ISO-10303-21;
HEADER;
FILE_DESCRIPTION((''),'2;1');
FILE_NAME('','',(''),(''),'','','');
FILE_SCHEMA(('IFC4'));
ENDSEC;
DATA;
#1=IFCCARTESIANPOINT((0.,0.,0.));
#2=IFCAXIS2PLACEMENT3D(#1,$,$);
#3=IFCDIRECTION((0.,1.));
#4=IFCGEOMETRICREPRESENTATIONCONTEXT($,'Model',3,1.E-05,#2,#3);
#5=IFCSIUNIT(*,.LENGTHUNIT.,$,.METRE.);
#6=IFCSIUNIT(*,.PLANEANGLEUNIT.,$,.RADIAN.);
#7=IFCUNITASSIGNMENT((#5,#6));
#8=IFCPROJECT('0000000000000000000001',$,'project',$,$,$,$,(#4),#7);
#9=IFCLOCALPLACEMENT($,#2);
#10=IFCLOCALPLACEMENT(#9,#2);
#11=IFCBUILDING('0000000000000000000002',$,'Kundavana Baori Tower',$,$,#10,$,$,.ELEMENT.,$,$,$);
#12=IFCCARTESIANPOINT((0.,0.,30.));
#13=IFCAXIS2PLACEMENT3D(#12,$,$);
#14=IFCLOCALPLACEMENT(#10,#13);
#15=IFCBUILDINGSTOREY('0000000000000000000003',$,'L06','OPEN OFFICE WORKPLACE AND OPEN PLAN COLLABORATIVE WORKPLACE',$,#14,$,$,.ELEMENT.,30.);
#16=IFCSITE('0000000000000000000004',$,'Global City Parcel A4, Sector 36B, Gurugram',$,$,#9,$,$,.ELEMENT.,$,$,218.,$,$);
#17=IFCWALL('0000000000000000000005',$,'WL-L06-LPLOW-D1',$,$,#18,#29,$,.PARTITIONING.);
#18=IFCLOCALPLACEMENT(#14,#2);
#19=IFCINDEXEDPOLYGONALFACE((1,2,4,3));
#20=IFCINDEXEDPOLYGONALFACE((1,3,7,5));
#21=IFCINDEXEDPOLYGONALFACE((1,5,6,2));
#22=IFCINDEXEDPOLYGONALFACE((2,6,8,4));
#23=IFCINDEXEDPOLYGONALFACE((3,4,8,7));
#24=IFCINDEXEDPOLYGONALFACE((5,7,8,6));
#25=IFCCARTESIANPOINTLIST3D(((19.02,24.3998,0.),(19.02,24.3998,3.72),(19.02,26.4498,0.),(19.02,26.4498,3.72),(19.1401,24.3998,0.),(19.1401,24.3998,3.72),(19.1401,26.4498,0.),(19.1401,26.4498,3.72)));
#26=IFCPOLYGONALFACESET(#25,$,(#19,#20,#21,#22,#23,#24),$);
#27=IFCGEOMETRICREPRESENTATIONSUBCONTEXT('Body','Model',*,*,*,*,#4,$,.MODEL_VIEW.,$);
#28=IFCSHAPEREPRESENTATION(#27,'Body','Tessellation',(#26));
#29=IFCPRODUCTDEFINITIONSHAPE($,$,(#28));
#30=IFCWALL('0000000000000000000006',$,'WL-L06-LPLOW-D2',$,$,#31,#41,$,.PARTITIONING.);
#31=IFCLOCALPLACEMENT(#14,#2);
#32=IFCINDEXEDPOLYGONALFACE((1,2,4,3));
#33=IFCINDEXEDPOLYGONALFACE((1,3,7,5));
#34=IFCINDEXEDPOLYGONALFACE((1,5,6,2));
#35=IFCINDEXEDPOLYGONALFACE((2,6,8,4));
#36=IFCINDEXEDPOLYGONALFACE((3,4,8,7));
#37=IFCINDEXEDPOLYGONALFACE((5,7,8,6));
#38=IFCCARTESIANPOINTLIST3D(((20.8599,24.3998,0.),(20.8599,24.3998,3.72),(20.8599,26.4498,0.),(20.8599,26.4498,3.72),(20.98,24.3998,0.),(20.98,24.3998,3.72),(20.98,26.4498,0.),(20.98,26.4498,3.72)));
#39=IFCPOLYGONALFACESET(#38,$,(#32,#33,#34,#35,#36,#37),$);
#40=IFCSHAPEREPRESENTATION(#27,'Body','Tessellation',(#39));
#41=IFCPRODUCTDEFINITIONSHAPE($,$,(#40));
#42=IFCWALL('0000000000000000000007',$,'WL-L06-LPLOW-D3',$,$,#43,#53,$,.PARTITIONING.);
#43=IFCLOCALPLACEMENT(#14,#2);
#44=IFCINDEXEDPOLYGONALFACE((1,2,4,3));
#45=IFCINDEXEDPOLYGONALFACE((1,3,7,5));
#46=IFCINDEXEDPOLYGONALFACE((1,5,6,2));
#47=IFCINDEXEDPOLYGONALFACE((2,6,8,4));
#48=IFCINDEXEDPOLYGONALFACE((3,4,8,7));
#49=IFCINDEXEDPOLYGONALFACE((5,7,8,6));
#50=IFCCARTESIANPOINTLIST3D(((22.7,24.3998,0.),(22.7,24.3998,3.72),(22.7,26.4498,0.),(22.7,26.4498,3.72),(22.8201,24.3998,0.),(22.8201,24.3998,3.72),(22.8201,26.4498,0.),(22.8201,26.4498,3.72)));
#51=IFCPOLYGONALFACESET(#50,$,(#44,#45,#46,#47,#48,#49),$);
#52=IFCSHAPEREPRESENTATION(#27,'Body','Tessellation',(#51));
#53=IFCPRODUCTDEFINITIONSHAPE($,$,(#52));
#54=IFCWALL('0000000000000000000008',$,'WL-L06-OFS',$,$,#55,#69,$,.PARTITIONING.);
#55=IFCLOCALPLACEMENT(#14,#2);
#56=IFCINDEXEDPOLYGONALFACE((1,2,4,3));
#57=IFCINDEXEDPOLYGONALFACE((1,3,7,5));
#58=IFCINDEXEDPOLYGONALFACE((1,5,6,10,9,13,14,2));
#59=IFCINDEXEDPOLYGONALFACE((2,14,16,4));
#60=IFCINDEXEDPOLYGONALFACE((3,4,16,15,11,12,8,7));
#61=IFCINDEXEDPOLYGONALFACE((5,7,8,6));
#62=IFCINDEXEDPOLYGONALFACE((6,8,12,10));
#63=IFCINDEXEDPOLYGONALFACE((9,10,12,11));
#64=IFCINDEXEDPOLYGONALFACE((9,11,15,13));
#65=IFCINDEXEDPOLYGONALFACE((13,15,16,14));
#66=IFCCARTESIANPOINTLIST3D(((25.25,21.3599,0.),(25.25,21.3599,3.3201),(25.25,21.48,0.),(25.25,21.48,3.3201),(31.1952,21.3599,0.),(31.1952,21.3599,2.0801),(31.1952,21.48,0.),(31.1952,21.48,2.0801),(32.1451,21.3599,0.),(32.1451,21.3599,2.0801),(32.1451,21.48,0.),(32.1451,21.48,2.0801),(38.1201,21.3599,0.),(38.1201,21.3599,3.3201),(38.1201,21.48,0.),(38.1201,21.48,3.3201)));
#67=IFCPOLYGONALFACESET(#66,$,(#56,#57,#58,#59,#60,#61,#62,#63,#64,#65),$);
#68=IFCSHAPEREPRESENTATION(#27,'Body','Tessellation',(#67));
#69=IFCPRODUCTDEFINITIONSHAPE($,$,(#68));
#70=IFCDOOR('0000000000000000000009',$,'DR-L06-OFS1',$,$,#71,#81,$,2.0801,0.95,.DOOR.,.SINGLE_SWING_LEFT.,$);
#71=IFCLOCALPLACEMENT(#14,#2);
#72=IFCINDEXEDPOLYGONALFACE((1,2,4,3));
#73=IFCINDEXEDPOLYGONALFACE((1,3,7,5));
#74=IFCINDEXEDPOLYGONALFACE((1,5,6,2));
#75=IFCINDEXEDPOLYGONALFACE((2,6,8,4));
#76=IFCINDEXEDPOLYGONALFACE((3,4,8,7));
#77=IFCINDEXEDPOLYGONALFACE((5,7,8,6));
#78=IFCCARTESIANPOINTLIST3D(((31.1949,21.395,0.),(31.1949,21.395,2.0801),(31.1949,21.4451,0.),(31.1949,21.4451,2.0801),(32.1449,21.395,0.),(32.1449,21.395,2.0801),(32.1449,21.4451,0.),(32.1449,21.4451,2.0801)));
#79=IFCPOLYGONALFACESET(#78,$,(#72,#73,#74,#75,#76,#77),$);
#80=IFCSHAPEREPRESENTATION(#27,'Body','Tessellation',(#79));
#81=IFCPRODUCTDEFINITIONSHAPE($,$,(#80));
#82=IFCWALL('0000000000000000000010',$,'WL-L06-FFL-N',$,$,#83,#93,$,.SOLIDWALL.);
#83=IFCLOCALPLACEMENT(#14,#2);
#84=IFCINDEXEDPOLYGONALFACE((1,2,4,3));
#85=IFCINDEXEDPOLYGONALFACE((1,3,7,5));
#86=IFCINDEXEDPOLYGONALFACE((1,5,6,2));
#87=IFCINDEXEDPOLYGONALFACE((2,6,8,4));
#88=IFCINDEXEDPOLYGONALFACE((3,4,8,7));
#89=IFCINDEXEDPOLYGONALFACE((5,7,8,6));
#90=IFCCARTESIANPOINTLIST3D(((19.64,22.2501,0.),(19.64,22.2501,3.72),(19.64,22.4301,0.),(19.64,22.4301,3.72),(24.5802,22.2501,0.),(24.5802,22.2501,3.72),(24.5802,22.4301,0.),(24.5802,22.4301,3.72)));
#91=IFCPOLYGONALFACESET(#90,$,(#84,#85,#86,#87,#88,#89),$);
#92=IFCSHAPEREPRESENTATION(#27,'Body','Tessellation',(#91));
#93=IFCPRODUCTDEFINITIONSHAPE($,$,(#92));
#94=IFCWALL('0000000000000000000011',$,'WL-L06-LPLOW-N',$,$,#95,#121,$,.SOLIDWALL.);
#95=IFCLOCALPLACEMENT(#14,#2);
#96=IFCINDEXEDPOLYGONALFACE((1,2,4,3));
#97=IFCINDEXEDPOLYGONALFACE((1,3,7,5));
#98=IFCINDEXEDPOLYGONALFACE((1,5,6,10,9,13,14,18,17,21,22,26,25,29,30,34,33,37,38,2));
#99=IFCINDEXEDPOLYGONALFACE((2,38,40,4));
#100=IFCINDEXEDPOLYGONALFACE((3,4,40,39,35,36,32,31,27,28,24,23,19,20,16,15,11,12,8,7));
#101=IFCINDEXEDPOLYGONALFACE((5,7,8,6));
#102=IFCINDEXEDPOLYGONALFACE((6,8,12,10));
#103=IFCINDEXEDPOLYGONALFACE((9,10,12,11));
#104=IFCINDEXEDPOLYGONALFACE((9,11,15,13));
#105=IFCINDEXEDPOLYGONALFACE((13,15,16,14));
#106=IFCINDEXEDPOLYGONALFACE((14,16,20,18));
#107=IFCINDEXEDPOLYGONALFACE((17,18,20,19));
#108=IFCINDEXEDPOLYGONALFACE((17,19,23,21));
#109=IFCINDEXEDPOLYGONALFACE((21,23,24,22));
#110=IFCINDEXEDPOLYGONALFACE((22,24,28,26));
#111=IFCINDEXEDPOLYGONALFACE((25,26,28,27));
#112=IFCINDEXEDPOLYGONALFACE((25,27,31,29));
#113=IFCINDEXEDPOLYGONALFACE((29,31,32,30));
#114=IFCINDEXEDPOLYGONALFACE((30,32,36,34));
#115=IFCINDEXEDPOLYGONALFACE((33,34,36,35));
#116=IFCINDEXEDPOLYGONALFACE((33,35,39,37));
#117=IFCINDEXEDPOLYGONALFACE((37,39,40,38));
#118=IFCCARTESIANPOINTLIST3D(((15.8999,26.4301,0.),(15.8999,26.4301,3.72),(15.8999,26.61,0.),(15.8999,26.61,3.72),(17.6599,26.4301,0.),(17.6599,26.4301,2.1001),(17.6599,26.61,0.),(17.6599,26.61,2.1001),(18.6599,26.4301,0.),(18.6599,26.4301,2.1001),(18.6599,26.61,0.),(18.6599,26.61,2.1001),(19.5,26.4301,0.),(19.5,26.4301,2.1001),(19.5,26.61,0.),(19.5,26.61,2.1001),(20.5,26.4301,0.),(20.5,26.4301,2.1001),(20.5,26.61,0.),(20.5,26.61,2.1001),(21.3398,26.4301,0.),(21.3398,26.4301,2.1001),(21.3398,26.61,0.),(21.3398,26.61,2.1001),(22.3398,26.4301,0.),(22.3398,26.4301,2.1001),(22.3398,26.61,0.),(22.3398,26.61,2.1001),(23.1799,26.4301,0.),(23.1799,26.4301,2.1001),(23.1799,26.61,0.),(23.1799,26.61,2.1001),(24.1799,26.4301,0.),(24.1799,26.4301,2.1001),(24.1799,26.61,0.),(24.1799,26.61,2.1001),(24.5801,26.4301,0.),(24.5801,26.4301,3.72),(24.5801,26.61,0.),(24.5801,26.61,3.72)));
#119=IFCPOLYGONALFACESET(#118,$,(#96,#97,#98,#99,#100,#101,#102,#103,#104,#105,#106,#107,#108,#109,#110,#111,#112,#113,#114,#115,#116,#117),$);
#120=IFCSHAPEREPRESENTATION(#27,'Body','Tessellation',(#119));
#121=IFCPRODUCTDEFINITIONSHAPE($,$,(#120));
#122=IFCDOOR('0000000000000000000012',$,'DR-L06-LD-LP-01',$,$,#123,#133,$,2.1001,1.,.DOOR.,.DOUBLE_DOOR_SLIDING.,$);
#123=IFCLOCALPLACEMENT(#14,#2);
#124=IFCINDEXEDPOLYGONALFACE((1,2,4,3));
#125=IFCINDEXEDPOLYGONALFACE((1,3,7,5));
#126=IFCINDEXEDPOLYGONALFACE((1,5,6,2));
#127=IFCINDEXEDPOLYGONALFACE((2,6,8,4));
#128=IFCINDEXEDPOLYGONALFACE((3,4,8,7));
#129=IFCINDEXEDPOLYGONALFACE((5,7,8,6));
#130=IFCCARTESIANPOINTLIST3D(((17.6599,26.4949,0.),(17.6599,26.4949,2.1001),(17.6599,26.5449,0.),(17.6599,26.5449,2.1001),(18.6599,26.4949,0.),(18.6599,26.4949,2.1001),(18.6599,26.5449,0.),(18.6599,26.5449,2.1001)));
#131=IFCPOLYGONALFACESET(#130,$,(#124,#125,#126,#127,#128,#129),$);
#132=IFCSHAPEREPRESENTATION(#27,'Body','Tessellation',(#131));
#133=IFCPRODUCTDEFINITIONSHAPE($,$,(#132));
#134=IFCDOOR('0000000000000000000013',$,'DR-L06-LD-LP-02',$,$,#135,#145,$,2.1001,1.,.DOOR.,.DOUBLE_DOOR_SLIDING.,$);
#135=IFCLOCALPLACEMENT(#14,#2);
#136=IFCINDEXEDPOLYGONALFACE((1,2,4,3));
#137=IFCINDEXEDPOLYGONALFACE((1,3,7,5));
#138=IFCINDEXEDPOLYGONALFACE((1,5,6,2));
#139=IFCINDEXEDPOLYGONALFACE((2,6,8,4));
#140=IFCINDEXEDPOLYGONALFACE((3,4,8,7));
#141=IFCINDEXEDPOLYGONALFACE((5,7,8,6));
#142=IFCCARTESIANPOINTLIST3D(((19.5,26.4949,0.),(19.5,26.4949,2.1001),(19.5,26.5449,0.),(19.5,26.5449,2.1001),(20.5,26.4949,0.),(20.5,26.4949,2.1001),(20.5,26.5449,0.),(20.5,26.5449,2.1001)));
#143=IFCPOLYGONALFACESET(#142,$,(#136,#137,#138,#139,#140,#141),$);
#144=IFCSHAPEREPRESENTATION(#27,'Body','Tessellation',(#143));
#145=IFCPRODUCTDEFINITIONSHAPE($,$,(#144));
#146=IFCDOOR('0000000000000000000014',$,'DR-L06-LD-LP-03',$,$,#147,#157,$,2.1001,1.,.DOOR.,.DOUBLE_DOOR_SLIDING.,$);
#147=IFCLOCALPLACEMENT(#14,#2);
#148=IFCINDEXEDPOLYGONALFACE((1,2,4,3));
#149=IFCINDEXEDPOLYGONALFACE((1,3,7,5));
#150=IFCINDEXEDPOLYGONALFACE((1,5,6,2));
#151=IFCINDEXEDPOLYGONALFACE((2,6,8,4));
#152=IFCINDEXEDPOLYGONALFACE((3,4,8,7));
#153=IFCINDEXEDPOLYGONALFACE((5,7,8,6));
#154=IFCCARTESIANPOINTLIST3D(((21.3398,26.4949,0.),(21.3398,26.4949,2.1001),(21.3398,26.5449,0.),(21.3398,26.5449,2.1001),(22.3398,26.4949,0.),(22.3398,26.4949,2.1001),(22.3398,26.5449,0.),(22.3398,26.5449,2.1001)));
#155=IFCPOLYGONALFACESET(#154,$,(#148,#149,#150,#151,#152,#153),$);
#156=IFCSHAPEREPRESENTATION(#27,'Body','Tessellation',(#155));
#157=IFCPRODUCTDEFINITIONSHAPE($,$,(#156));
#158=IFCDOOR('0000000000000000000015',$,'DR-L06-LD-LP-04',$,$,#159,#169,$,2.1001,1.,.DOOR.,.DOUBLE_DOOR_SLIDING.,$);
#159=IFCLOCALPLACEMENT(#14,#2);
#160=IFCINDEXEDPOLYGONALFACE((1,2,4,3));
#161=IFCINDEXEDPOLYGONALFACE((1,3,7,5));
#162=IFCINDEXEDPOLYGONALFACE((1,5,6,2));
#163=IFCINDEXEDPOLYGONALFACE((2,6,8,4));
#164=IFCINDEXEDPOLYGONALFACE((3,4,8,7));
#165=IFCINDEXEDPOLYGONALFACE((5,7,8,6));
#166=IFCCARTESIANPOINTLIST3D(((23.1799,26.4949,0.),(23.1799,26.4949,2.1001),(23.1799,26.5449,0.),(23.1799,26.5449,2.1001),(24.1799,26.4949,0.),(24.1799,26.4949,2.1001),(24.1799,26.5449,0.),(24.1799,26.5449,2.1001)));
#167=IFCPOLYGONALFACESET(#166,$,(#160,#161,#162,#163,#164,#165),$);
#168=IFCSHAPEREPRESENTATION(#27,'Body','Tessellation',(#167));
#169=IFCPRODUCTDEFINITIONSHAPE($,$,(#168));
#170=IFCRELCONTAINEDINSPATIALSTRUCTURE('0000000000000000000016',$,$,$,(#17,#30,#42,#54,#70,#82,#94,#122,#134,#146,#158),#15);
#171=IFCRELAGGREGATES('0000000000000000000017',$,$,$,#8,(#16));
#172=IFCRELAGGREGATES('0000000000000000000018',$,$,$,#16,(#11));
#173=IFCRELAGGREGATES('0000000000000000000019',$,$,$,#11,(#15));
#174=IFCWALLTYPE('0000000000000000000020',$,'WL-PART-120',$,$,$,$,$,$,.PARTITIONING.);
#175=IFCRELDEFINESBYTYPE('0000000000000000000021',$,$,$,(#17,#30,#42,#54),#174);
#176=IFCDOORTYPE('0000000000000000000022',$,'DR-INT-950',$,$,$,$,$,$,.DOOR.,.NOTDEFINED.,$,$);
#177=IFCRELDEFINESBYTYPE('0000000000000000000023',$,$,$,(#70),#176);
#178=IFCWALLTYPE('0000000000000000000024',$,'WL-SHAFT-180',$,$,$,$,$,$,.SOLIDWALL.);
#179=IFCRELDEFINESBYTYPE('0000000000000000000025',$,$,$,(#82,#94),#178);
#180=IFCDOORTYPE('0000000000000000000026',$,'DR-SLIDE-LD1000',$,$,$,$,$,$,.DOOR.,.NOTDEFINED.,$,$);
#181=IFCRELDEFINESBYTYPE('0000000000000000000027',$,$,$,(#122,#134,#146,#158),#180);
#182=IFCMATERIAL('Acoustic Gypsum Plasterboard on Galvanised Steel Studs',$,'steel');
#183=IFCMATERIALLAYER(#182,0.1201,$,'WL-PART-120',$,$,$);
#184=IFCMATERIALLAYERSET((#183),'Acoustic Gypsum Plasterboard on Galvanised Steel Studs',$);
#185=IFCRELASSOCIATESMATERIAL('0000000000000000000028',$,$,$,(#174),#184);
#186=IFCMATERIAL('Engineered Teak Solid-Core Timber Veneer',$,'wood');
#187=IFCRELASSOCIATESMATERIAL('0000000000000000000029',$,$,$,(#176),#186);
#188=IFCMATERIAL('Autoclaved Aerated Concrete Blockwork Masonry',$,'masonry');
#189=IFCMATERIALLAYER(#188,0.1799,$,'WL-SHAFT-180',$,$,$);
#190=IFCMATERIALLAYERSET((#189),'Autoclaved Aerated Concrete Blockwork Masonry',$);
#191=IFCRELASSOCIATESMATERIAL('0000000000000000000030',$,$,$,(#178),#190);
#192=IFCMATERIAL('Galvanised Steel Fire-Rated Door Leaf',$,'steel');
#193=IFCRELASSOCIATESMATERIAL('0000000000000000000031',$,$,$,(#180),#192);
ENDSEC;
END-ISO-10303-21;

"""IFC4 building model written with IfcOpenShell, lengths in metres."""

from ifc_helpers import new_model, si_unit, direction, frame, frame_2d, origin, place, context, subcontext, project, spatial, rectangle, extrude, material, layer, layer_set, type_object, element, fill, save


model = new_model("IFC4")

# Units and contexts
model_context = context("Model", 3, precision=1e-05, world=origin(), true_north=direction((0.0, 1.0)))
body_context = subcontext(model_context, "Body", "Model", "MODEL_VIEW")
ifc_project = project(units=[si_unit("LENGTHUNIT", "METRE"), si_unit("PLANEANGLEUNIT", "RADIAN")], contexts=[model_context])

# Site, building, storey
site_placement = place(None, origin())
site = spatial("IfcSite", under=ifc_project, at=site_placement, Name="Global City Parcel A4, Sector 36B, Gurugram", CompositionType="ELEMENT", RefElevation=218.0)
building_placement = place(site_placement, origin())
building = spatial("IfcBuilding", under=site, at=building_placement, Name="Kundavana Baori Tower", CompositionType="ELEMENT")
storey_placement = place(building_placement, frame((0.0, 0.0, 30.0)))
storey = spatial("IfcBuildingStorey", under=building, at=storey_placement, Name="L06", Description="OPEN OFFICE WORKPLACE AND OPEN PLAN COLLABORATIVE WORKPLACE", CompositionType="ELEMENT", Elevation=30.0)

# Walls
ifc_material_1 = material(Name="Acoustic Gypsum Plasterboard on Galvanised Steel Studs", Category="steel")
ifc_layer_1 = layer(ifc_material_1, 0.1201, Name="WL-PART-120")
ifc_layer_set_1 = layer_set([ifc_layer_1], Name="Acoustic Gypsum Plasterboard on Galvanised Steel Studs")
wall_type_1 = type_object("IfcWallType", Name="WL-PART-120", PredefinedType="PARTITIONING", material=ifc_layer_set_1)
for number, where, z_axis, x_axis, name in (
    (1, (19.0801, 24.3999, 0.0), (0.0, 0.0, 1.0), (0.0, 1.0, 0.0), "WL-L06-LPLOW-D1"),
    (2, (20.9199, 24.3999, 0.0), (0.0, 0.0, 1.0), (0.0, 1.0, 0.0), "WL-L06-LPLOW-D2"),
    (3, (22.76, 24.3999, 0.0), (0.0, 0.0, 1.0), (0.0, 1.0, 0.0), "WL-L06-LPLOW-D3"),
):
    element("IfcWall", number, at=place(storey_placement, frame(where, z_axis=z_axis, x_axis=x_axis)), inside=storey, type_object=wall_type_1, Name=name, PredefinedType="PARTITIONING", context=body_context, shape_type="SweptSolid", body=[
        extrude(rectangle(XDim=2.05, YDim=0.1201, at=frame_2d((1.0249, 0.0))), origin(), (0.0, 0.0, 1.0), 3.72),
    ])

# Wall, opening, door
wall_1_placement = place(storey_placement, frame((25.25, 21.4199, 0.0), z_axis=(0.0, 0.0, 1.0), x_axis=(1.0, 0.0, 0.0)))
wall_1 = element("IfcWall", 4, at=wall_1_placement, inside=storey, type_object=wall_type_1, Name="WL-L06-OFS", PredefinedType="PARTITIONING", context=body_context, shape_type="SweptSolid", body=[
    extrude(rectangle(XDim=12.8701, YDim=0.1201, at=frame_2d((6.4351, 0.0))), origin(), (0.0, 0.0, 1.0), 3.3201),
])
opening_1_placement = place(wall_1_placement, frame((5.9451, 0.0, 0.0)))
opening_1 = element("IfcOpeningElement", 5, at=opening_1_placement, cuts=wall_1, PredefinedType="OPENING", context=body_context, shape_type="SweptSolid", body=[
    extrude(rectangle(XDim=0.95, YDim=2.0801, at=frame_2d((0.4751, 1.04))), frame((0.0, 0.0701, 0.0), z_axis=(0.0, -1.0, 0.0), x_axis=(1.0, 0.0, 0.0)), (0.0, 0.0, 1.0), 0.1401),
])
ifc_material_2 = material(Name="Engineered Teak Solid-Core Timber Veneer", Category="wood")
door_type_1 = type_object("IfcDoorType", Name="DR-INT-950", OperationType="NOTDEFINED", PredefinedType="DOOR", material=ifc_material_2)
door_1_placement = place(opening_1_placement, frame((0.95, 0.0, 0.0), z_axis=(0.0, 0.0, 1.0), x_axis=(-1.0, 0.0, 0.0)))
door_1 = element("IfcDoor", 6, at=door_1_placement, inside=storey, type_object=door_type_1, Name="DR-L06-OFS1", OperationType="SINGLE_SWING_LEFT", OverallHeight=2.0801, OverallWidth=0.95, PredefinedType="DOOR", context=body_context, shape_type="SweptSolid", body=[
    extrude(rectangle(XDim=0.95, YDim=2.0801, at=frame_2d((0.4751, 1.04))), frame((0.0, 0.0249, 0.0), z_axis=(0.0, -1.0, 0.0), x_axis=(1.0, 0.0, 0.0)), (0.0, 0.0, 1.0), 0.05),
])
fill(opening_1, door_1)

# Wall
ifc_material_3 = material(Name="Autoclaved Aerated Concrete Blockwork Masonry", Category="masonry")
ifc_layer_2 = layer(ifc_material_3, 0.1799, Name="WL-SHAFT-180")
ifc_layer_set_2 = layer_set([ifc_layer_2], Name="Autoclaved Aerated Concrete Blockwork Masonry")
wall_type_2 = type_object("IfcWallType", Name="WL-SHAFT-180", PredefinedType="SOLIDWALL", material=ifc_layer_set_2)
wall_2_placement = place(storey_placement, frame((19.6399, 22.3401, 0.0), z_axis=(0.0, 0.0, 1.0), x_axis=(1.0, 0.0, 0.0)))
element("IfcWall", 7, at=wall_2_placement, inside=storey, type_object=wall_type_2, Name="WL-L06-FFL-N", PredefinedType="SOLIDWALL", context=body_context, shape_type="SweptSolid", body=[
    extrude(rectangle(XDim=4.9402, YDim=0.1799, at=frame_2d((2.4702, 0.0))), origin(), (0.0, 0.0, 1.0), 3.72),
])

# Wall, openings, doors
wall_3_placement = place(storey_placement, frame((15.8999, 26.52, 0.0), z_axis=(0.0, 0.0, 1.0), x_axis=(1.0, 0.0, 0.0)))
wall_3 = element("IfcWall", 8, at=wall_3_placement, inside=storey, type_object=wall_type_2, Name="WL-L06-LPLOW-N", PredefinedType="SOLIDWALL", context=body_context, shape_type="SweptSolid", body=[
    extrude(rectangle(XDim=8.6802, YDim=0.1799, at=frame_2d((4.3401, 0.0))), origin(), (0.0, 0.0, 1.0), 3.72),
])
opening_2_placement = place(wall_3_placement, frame((1.76, 0.0, 0.0)))
opening_2 = element("IfcOpeningElement", 9, at=opening_2_placement, cuts=wall_3, PredefinedType="OPENING", context=body_context, shape_type="SweptSolid", body=[
    extrude(rectangle(XDim=1.0, YDim=2.1001, at=frame_2d((0.5, 1.05))), frame((0.0, 0.1001, 0.0), z_axis=(0.0, -1.0, 0.0), x_axis=(1.0, 0.0, 0.0)), (0.0, 0.0, 1.0), 0.2),
])
opening_3_placement = place(wall_3_placement, frame((3.6001, 0.0, 0.0)))
opening_3 = element("IfcOpeningElement", 10, at=opening_3_placement, cuts=wall_3, PredefinedType="OPENING", context=body_context, shape_type="SweptSolid", body=[
    extrude(rectangle(XDim=1.0, YDim=2.1001, at=frame_2d((0.5, 1.05))), frame((0.0, 0.1001, 0.0), z_axis=(0.0, -1.0, 0.0), x_axis=(1.0, 0.0, 0.0)), (0.0, 0.0, 1.0), 0.2),
])
opening_4_placement = place(wall_3_placement, frame((5.4399, 0.0, 0.0)))
opening_4 = element("IfcOpeningElement", 11, at=opening_4_placement, cuts=wall_3, PredefinedType="OPENING", context=body_context, shape_type="SweptSolid", body=[
    extrude(rectangle(XDim=1.0, YDim=2.1001, at=frame_2d((0.5, 1.05))), frame((0.0, 0.1001, 0.0), z_axis=(0.0, -1.0, 0.0), x_axis=(1.0, 0.0, 0.0)), (0.0, 0.0, 1.0), 0.2),
])
opening_5_placement = place(wall_3_placement, frame((7.28, 0.0, 0.0)))
opening_5 = element("IfcOpeningElement", 12, at=opening_5_placement, cuts=wall_3, PredefinedType="OPENING", context=body_context, shape_type="SweptSolid", body=[
    extrude(rectangle(XDim=1.0, YDim=2.1001, at=frame_2d((0.5, 1.05))), frame((0.0, 0.1001, 0.0), z_axis=(0.0, -1.0, 0.0), x_axis=(1.0, 0.0, 0.0)), (0.0, 0.0, 1.0), 0.2),
])
ifc_material_4 = material(Name="Galvanised Steel Fire-Rated Door Leaf", Category="steel")
door_type_2 = type_object("IfcDoorType", Name="DR-SLIDE-LD1000", OperationType="NOTDEFINED", PredefinedType="DOOR", material=ifc_material_4)
door_2_placement = place(opening_2_placement, origin())
door_2 = element("IfcDoor", 13, at=door_2_placement, inside=storey, type_object=door_type_2, Name="DR-L06-LD-LP-01", OperationType="DOUBLE_DOOR_SLIDING", OverallHeight=2.1001, OverallWidth=1.0, PredefinedType="DOOR", context=body_context, shape_type="SweptSolid", body=[
    extrude(rectangle(XDim=1.0, YDim=2.1001, at=frame_2d((0.5, 1.05))), frame((0.0, 0.0249, 0.0), z_axis=(0.0, -1.0, 0.0), x_axis=(1.0, 0.0, 0.0)), (0.0, 0.0, 1.0), 0.05),
])
fill(opening_2, door_2)
door_3_placement = place(opening_3_placement, origin())
door_3 = element("IfcDoor", 14, at=door_3_placement, inside=storey, type_object=door_type_2, Name="DR-L06-LD-LP-02", OperationType="DOUBLE_DOOR_SLIDING", OverallHeight=2.1001, OverallWidth=1.0, PredefinedType="DOOR", context=body_context, shape_type="SweptSolid", body=[
    extrude(rectangle(XDim=1.0, YDim=2.1001, at=frame_2d((0.5, 1.05))), frame((0.0, 0.0249, 0.0), z_axis=(0.0, -1.0, 0.0), x_axis=(1.0, 0.0, 0.0)), (0.0, 0.0, 1.0), 0.05),
])
fill(opening_3, door_3)
door_4_placement = place(opening_4_placement, origin())
door_4 = element("IfcDoor", 15, at=door_4_placement, inside=storey, type_object=door_type_2, Name="DR-L06-LD-LP-03", OperationType="DOUBLE_DOOR_SLIDING", OverallHeight=2.1001, OverallWidth=1.0, PredefinedType="DOOR", context=body_context, shape_type="SweptSolid", body=[
    extrude(rectangle(XDim=1.0, YDim=2.1001, at=frame_2d((0.5, 1.05))), frame((0.0, 0.0249, 0.0), z_axis=(0.0, -1.0, 0.0), x_axis=(1.0, 0.0, 0.0)), (0.0, 0.0, 1.0), 0.05),
])
fill(opening_4, door_4)
door_5_placement = place(opening_5_placement, origin())
door_5 = element("IfcDoor", 16, at=door_5_placement, inside=storey, type_object=door_type_2, Name="DR-L06-LD-LP-04", OperationType="DOUBLE_DOOR_SLIDING", OverallHeight=2.1001, OverallWidth=1.0, PredefinedType="DOOR", context=body_context, shape_type="SweptSolid", body=[
    extrude(rectangle(XDim=1.0, YDim=2.1001, at=frame_2d((0.5, 1.05))), frame((0.0, 0.0249, 0.0), z_axis=(0.0, -1.0, 0.0), x_axis=(1.0, 0.0, 0.0)), (0.0, 0.0, 1.0), 0.05),
])
fill(opening_5, door_5)

save(model, "model.ifc")
